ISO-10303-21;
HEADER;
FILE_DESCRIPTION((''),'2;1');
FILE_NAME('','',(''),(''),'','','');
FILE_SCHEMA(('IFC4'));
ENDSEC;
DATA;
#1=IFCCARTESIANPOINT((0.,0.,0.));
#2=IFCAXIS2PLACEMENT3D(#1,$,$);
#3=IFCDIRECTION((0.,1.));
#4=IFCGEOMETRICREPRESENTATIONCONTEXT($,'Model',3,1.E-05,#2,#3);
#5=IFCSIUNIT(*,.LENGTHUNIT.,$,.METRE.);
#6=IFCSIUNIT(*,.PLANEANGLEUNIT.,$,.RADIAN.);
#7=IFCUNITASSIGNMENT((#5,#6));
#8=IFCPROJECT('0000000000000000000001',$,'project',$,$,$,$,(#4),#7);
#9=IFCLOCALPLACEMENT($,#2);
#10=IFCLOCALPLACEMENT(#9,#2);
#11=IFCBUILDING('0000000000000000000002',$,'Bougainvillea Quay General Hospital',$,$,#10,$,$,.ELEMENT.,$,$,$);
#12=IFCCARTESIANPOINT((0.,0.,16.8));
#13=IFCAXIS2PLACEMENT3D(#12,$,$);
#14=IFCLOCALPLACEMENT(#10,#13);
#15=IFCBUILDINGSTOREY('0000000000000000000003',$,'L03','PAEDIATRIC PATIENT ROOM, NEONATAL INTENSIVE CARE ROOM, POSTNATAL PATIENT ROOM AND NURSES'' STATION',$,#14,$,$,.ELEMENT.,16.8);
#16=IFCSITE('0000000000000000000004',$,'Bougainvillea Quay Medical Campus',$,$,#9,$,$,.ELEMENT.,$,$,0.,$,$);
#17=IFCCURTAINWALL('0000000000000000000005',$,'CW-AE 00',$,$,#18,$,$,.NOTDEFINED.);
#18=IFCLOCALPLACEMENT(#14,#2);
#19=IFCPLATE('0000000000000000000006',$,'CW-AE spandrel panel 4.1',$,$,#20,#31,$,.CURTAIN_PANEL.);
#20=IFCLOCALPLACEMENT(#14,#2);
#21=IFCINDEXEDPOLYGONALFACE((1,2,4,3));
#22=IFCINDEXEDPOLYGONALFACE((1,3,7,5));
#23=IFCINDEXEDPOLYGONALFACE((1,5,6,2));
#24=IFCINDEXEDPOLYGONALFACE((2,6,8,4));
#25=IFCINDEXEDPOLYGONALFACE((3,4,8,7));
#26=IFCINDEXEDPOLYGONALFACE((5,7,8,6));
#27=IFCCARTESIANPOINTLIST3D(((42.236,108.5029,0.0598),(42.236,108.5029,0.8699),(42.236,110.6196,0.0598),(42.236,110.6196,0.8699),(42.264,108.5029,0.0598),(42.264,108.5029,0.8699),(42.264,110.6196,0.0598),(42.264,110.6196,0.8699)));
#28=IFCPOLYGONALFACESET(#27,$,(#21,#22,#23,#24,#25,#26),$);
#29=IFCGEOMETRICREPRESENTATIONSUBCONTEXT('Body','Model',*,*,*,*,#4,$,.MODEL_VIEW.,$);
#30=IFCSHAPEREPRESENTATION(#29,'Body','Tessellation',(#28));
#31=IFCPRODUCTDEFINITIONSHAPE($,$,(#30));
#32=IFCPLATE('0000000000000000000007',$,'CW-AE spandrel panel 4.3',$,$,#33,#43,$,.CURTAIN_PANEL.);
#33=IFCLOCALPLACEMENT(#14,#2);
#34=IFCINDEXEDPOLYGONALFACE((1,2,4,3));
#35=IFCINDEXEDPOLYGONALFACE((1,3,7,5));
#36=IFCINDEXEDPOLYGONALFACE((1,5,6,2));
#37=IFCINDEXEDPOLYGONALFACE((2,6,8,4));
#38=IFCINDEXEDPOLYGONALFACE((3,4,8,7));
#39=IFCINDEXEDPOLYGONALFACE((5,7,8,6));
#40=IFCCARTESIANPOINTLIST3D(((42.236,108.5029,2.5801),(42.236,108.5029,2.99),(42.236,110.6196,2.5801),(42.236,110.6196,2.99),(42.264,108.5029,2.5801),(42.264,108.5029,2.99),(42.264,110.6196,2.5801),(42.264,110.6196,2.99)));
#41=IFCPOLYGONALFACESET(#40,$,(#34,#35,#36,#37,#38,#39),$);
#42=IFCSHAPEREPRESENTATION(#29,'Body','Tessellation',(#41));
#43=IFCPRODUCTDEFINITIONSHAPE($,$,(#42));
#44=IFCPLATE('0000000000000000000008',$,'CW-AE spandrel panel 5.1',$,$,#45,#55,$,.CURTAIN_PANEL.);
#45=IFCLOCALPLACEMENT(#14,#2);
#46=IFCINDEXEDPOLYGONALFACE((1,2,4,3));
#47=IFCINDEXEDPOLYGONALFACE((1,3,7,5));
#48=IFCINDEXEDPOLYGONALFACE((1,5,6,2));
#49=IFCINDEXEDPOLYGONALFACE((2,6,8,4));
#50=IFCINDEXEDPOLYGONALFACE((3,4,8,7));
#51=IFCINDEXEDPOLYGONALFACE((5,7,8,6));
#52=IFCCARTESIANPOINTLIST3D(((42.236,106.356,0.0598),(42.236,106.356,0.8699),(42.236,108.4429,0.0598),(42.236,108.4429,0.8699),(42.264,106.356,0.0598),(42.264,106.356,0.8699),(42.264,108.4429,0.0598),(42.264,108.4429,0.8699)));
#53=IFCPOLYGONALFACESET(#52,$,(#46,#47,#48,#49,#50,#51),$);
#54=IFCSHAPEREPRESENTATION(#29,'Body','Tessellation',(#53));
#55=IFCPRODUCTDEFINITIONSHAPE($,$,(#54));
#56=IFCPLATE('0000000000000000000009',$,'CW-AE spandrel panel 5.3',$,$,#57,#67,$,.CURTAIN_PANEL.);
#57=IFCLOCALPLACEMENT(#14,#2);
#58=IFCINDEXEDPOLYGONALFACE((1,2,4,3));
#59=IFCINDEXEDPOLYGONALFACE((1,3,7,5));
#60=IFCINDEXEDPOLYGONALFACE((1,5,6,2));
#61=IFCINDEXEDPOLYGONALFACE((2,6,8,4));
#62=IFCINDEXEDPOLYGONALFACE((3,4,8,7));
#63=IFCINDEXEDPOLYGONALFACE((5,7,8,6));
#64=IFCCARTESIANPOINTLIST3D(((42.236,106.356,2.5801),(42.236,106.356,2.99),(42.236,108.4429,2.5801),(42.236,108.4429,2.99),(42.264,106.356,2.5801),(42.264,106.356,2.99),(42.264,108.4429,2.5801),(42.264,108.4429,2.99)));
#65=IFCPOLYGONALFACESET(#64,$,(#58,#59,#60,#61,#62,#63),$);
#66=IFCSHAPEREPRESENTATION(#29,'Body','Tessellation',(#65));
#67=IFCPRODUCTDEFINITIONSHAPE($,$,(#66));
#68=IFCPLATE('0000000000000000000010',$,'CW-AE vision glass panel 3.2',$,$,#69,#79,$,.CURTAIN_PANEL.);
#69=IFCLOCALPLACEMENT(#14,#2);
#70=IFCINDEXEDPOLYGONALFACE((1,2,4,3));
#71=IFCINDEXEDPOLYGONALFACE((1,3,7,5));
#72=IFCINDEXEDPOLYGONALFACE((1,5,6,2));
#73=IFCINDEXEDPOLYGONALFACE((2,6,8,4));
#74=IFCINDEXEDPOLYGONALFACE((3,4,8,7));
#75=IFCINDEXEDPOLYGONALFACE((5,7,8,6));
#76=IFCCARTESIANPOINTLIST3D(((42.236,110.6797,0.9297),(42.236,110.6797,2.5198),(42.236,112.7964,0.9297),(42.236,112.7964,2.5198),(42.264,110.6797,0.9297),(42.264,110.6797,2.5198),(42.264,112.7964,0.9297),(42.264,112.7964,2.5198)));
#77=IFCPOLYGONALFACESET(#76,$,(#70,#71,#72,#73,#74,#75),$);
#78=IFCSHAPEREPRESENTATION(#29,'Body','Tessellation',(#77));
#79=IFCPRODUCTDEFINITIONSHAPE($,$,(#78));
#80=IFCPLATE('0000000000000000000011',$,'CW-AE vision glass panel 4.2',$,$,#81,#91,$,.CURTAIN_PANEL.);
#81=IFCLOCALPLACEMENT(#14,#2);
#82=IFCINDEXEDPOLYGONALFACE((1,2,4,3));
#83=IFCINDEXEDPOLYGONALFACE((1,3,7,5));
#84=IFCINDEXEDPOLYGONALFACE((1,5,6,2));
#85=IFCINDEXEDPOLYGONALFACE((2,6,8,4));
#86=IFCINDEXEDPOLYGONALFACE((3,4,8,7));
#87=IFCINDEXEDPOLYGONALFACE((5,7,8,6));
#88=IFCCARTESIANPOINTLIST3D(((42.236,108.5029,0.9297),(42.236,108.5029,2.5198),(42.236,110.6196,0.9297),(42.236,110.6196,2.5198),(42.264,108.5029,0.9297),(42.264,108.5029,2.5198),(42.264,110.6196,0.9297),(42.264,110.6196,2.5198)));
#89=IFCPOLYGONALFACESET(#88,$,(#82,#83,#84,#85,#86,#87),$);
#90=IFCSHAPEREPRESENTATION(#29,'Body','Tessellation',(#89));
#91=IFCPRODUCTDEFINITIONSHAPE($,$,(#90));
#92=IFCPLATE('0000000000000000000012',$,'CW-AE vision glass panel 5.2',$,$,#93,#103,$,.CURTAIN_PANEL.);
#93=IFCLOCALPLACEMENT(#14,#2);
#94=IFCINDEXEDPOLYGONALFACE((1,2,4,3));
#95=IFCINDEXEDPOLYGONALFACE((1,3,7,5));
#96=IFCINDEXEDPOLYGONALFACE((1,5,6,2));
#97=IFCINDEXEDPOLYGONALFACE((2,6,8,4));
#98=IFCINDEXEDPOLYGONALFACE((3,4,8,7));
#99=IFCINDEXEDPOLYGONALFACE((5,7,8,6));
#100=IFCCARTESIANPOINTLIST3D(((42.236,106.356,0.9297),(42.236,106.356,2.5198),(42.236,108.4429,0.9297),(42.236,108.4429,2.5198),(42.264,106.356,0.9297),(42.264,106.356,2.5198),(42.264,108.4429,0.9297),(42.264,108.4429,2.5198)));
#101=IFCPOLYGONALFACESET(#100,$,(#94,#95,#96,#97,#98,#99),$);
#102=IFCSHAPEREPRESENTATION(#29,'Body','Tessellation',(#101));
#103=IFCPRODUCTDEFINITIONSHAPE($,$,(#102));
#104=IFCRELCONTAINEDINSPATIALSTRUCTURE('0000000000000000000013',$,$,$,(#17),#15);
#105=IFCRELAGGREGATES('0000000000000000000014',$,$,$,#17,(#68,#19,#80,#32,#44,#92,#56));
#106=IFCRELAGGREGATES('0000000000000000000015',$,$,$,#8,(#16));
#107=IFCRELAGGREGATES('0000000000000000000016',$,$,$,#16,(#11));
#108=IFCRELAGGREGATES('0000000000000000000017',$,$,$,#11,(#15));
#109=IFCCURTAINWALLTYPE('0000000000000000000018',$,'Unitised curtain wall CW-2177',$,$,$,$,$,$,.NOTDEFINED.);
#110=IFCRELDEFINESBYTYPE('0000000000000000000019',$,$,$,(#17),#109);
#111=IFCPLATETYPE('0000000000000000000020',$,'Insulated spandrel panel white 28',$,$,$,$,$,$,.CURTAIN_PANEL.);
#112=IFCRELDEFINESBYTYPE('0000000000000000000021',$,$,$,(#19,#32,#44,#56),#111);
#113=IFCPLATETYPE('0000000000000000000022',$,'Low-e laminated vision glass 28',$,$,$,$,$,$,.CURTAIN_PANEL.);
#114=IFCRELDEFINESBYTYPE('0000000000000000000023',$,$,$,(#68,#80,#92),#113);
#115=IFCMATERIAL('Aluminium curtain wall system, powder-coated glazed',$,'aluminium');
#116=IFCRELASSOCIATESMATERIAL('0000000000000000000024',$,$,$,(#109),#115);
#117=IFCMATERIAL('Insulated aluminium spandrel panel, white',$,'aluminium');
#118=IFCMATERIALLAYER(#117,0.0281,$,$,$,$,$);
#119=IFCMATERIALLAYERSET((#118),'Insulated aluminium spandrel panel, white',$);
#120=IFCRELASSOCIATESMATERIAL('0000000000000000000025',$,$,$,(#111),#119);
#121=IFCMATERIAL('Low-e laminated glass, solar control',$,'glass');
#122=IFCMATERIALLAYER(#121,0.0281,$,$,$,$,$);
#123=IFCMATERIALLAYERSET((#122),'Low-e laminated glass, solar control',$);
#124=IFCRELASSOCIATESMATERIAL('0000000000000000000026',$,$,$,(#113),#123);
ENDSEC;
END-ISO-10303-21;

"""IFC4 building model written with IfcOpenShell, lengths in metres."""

from ifc_helpers import new_model, si_unit, direction, frame, origin, origin_2d, place, context, subcontext, project, spatial, rectangle, extrude, material, layer, layer_set, type_object, element, aggregate, save


model = new_model("IFC4")

# Units and contexts
model_context = context("Model", 3, precision=1e-05, world=origin(), true_north=direction((0.0, 1.0)))
body_context = subcontext(model_context, "Body", "Model", "MODEL_VIEW")
ifc_project = project(units=[si_unit("LENGTHUNIT", "METRE"), si_unit("PLANEANGLEUNIT", "RADIAN")], contexts=[model_context])

# Site, building, storey
site_placement = place(None, origin())
site = spatial("IfcSite", under=ifc_project, at=site_placement, Name="Bougainvillea Quay Medical Campus", CompositionType="ELEMENT", RefElevation=0.0)
building_placement = place(site_placement, origin())
building = spatial("IfcBuilding", under=site, at=building_placement, Name="Bougainvillea Quay General Hospital", CompositionType="ELEMENT")
storey_placement = place(building_placement, frame((0.0, 0.0, 16.8)))
storey = spatial("IfcBuildingStorey", under=building, at=storey_placement, Name="L03", Description="PAEDIATRIC PATIENT ROOM, NEONATAL INTENSIVE CARE ROOM, POSTNATAL PATIENT ROOM AND NURSES' STATION", CompositionType="ELEMENT", Elevation=16.8)

# Curtain wall
ifc_material_1 = material(Name="Aluminium curtain wall system, powder-coated glazed", Category="aluminium")
curtain_wall_type_1 = type_object("IfcCurtainWallType", Name="Unitised curtain wall CW-2177", PredefinedType="NOTDEFINED", material=ifc_material_1)
curtain_wall_1_placement = place(storey_placement, origin())
curtain_wall_1 = element("IfcCurtainWall", 1, at=curtain_wall_1_placement, inside=storey, type_object=curtain_wall_type_1, Name="CW-AE 00", PredefinedType="NOTDEFINED")

# Plates
ifc_material_2 = material(Name="Insulated aluminium spandrel panel, white", Category="aluminium")
ifc_layer_1 = layer(ifc_material_2, 0.0281)
ifc_layer_set_1 = layer_set([ifc_layer_1], Name="Insulated aluminium spandrel panel, white")
plate_type_1 = type_object("IfcPlateType", Name="Insulated spandrel panel white 28", PredefinedType="CURTAIN_PANEL", material=ifc_layer_set_1)
plate_1_placement = place(storey_placement, frame((42.25, 109.5613, 0.0598), z_axis=(0.0, 0.0, 1.0), x_axis=(0.0, -1.0, 0.0)))
plate_1 = element("IfcPlate", 2, at=plate_1_placement, type_object=plate_type_1, Name="CW-AE spandrel panel 4.1", PredefinedType="CURTAIN_PANEL", context=body_context, shape_type="SweptSolid", body=[
    extrude(rectangle(XDim=2.1167, YDim=0.0281, at=origin_2d()), origin(), (0.0, 0.0, 1.0), 0.8101),
])
plate_2_placement = place(storey_placement, frame((42.25, 109.5613, 2.5801), z_axis=(0.0, 0.0, 1.0), x_axis=(0.0, -1.0, 0.0)))
plate_2 = element("IfcPlate", 3, at=plate_2_placement, type_object=plate_type_1, Name="CW-AE spandrel panel 4.3", PredefinedType="CURTAIN_PANEL", context=body_context, shape_type="SweptSolid", body=[
    extrude(rectangle(XDim=2.1167, YDim=0.0281, at=origin_2d()), origin(), (0.0, 0.0, 1.0), 0.4099),
])
plate_3_placement = place(storey_placement, frame((42.25, 107.3994, 0.0598), z_axis=(0.0, 0.0, 1.0), x_axis=(0.0, -1.0, 0.0)))
plate_3 = element("IfcPlate", 4, at=plate_3_placement, type_object=plate_type_1, Name="CW-AE spandrel panel 5.1", PredefinedType="CURTAIN_PANEL", context=body_context, shape_type="SweptSolid", body=[
    extrude(rectangle(XDim=2.0869, YDim=0.0281, at=origin_2d()), origin(), (0.0, 0.0, 1.0), 0.8101),
])
plate_4_placement = place(storey_placement, frame((42.25, 107.3994, 2.5801), z_axis=(0.0, 0.0, 1.0), x_axis=(0.0, -1.0, 0.0)))
plate_4 = element("IfcPlate", 5, at=plate_4_placement, type_object=plate_type_1, Name="CW-AE spandrel panel 5.3", PredefinedType="CURTAIN_PANEL", context=body_context, shape_type="SweptSolid", body=[
    extrude(rectangle(XDim=2.0869, YDim=0.0281, at=origin_2d()), origin(), (0.0, 0.0, 1.0), 0.4099),
])
ifc_material_3 = material(Name="Low-e laminated glass, solar control", Category="glass")
ifc_layer_2 = layer(ifc_material_3, 0.0281)
ifc_layer_set_2 = layer_set([ifc_layer_2], Name="Low-e laminated glass, solar control")
plate_type_2 = type_object("IfcPlateType", Name="Low-e laminated vision glass 28", PredefinedType="CURTAIN_PANEL", material=ifc_layer_set_2)
plate_5_placement = place(storey_placement, frame((42.25, 111.738, 0.9297), z_axis=(0.0, 0.0, 1.0), x_axis=(0.0, -1.0, 0.0)))
plate_5 = element("IfcPlate", 6, at=plate_5_placement, type_object=plate_type_2, Name="CW-AE vision glass panel 3.2", PredefinedType="CURTAIN_PANEL", context=body_context, shape_type="SweptSolid", body=[
    extrude(rectangle(XDim=2.1167, YDim=0.0281, at=origin_2d()), origin(), (0.0, 0.0, 1.0), 1.5901),
])
plate_6_placement = place(storey_placement, frame((42.25, 109.5613, 0.9297), z_axis=(0.0, 0.0, 1.0), x_axis=(0.0, -1.0, 0.0)))
plate_6 = element("IfcPlate", 7, at=plate_6_placement, type_object=plate_type_2, Name="CW-AE vision glass panel 4.2", PredefinedType="CURTAIN_PANEL", context=body_context, shape_type="SweptSolid", body=[
    extrude(rectangle(XDim=2.1167, YDim=0.0281, at=origin_2d()), origin(), (0.0, 0.0, 1.0), 1.5901),
])
plate_7_placement = place(storey_placement, frame((42.25, 107.3994, 0.9297), z_axis=(0.0, 0.0, 1.0), x_axis=(0.0, -1.0, 0.0)))
plate_7 = element("IfcPlate", 8, at=plate_7_placement, type_object=plate_type_2, Name="CW-AE vision glass panel 5.2", PredefinedType="CURTAIN_PANEL", context=body_context, shape_type="SweptSolid", body=[
    extrude(rectangle(XDim=2.0869, YDim=0.0281, at=origin_2d()), origin(), (0.0, 0.0, 1.0), 1.5901),
])
aggregate(curtain_wall_1, [plate_5, plate_1, plate_6, plate_2, plate_3, plate_7, plate_4])

save(model, "model.ifc")
